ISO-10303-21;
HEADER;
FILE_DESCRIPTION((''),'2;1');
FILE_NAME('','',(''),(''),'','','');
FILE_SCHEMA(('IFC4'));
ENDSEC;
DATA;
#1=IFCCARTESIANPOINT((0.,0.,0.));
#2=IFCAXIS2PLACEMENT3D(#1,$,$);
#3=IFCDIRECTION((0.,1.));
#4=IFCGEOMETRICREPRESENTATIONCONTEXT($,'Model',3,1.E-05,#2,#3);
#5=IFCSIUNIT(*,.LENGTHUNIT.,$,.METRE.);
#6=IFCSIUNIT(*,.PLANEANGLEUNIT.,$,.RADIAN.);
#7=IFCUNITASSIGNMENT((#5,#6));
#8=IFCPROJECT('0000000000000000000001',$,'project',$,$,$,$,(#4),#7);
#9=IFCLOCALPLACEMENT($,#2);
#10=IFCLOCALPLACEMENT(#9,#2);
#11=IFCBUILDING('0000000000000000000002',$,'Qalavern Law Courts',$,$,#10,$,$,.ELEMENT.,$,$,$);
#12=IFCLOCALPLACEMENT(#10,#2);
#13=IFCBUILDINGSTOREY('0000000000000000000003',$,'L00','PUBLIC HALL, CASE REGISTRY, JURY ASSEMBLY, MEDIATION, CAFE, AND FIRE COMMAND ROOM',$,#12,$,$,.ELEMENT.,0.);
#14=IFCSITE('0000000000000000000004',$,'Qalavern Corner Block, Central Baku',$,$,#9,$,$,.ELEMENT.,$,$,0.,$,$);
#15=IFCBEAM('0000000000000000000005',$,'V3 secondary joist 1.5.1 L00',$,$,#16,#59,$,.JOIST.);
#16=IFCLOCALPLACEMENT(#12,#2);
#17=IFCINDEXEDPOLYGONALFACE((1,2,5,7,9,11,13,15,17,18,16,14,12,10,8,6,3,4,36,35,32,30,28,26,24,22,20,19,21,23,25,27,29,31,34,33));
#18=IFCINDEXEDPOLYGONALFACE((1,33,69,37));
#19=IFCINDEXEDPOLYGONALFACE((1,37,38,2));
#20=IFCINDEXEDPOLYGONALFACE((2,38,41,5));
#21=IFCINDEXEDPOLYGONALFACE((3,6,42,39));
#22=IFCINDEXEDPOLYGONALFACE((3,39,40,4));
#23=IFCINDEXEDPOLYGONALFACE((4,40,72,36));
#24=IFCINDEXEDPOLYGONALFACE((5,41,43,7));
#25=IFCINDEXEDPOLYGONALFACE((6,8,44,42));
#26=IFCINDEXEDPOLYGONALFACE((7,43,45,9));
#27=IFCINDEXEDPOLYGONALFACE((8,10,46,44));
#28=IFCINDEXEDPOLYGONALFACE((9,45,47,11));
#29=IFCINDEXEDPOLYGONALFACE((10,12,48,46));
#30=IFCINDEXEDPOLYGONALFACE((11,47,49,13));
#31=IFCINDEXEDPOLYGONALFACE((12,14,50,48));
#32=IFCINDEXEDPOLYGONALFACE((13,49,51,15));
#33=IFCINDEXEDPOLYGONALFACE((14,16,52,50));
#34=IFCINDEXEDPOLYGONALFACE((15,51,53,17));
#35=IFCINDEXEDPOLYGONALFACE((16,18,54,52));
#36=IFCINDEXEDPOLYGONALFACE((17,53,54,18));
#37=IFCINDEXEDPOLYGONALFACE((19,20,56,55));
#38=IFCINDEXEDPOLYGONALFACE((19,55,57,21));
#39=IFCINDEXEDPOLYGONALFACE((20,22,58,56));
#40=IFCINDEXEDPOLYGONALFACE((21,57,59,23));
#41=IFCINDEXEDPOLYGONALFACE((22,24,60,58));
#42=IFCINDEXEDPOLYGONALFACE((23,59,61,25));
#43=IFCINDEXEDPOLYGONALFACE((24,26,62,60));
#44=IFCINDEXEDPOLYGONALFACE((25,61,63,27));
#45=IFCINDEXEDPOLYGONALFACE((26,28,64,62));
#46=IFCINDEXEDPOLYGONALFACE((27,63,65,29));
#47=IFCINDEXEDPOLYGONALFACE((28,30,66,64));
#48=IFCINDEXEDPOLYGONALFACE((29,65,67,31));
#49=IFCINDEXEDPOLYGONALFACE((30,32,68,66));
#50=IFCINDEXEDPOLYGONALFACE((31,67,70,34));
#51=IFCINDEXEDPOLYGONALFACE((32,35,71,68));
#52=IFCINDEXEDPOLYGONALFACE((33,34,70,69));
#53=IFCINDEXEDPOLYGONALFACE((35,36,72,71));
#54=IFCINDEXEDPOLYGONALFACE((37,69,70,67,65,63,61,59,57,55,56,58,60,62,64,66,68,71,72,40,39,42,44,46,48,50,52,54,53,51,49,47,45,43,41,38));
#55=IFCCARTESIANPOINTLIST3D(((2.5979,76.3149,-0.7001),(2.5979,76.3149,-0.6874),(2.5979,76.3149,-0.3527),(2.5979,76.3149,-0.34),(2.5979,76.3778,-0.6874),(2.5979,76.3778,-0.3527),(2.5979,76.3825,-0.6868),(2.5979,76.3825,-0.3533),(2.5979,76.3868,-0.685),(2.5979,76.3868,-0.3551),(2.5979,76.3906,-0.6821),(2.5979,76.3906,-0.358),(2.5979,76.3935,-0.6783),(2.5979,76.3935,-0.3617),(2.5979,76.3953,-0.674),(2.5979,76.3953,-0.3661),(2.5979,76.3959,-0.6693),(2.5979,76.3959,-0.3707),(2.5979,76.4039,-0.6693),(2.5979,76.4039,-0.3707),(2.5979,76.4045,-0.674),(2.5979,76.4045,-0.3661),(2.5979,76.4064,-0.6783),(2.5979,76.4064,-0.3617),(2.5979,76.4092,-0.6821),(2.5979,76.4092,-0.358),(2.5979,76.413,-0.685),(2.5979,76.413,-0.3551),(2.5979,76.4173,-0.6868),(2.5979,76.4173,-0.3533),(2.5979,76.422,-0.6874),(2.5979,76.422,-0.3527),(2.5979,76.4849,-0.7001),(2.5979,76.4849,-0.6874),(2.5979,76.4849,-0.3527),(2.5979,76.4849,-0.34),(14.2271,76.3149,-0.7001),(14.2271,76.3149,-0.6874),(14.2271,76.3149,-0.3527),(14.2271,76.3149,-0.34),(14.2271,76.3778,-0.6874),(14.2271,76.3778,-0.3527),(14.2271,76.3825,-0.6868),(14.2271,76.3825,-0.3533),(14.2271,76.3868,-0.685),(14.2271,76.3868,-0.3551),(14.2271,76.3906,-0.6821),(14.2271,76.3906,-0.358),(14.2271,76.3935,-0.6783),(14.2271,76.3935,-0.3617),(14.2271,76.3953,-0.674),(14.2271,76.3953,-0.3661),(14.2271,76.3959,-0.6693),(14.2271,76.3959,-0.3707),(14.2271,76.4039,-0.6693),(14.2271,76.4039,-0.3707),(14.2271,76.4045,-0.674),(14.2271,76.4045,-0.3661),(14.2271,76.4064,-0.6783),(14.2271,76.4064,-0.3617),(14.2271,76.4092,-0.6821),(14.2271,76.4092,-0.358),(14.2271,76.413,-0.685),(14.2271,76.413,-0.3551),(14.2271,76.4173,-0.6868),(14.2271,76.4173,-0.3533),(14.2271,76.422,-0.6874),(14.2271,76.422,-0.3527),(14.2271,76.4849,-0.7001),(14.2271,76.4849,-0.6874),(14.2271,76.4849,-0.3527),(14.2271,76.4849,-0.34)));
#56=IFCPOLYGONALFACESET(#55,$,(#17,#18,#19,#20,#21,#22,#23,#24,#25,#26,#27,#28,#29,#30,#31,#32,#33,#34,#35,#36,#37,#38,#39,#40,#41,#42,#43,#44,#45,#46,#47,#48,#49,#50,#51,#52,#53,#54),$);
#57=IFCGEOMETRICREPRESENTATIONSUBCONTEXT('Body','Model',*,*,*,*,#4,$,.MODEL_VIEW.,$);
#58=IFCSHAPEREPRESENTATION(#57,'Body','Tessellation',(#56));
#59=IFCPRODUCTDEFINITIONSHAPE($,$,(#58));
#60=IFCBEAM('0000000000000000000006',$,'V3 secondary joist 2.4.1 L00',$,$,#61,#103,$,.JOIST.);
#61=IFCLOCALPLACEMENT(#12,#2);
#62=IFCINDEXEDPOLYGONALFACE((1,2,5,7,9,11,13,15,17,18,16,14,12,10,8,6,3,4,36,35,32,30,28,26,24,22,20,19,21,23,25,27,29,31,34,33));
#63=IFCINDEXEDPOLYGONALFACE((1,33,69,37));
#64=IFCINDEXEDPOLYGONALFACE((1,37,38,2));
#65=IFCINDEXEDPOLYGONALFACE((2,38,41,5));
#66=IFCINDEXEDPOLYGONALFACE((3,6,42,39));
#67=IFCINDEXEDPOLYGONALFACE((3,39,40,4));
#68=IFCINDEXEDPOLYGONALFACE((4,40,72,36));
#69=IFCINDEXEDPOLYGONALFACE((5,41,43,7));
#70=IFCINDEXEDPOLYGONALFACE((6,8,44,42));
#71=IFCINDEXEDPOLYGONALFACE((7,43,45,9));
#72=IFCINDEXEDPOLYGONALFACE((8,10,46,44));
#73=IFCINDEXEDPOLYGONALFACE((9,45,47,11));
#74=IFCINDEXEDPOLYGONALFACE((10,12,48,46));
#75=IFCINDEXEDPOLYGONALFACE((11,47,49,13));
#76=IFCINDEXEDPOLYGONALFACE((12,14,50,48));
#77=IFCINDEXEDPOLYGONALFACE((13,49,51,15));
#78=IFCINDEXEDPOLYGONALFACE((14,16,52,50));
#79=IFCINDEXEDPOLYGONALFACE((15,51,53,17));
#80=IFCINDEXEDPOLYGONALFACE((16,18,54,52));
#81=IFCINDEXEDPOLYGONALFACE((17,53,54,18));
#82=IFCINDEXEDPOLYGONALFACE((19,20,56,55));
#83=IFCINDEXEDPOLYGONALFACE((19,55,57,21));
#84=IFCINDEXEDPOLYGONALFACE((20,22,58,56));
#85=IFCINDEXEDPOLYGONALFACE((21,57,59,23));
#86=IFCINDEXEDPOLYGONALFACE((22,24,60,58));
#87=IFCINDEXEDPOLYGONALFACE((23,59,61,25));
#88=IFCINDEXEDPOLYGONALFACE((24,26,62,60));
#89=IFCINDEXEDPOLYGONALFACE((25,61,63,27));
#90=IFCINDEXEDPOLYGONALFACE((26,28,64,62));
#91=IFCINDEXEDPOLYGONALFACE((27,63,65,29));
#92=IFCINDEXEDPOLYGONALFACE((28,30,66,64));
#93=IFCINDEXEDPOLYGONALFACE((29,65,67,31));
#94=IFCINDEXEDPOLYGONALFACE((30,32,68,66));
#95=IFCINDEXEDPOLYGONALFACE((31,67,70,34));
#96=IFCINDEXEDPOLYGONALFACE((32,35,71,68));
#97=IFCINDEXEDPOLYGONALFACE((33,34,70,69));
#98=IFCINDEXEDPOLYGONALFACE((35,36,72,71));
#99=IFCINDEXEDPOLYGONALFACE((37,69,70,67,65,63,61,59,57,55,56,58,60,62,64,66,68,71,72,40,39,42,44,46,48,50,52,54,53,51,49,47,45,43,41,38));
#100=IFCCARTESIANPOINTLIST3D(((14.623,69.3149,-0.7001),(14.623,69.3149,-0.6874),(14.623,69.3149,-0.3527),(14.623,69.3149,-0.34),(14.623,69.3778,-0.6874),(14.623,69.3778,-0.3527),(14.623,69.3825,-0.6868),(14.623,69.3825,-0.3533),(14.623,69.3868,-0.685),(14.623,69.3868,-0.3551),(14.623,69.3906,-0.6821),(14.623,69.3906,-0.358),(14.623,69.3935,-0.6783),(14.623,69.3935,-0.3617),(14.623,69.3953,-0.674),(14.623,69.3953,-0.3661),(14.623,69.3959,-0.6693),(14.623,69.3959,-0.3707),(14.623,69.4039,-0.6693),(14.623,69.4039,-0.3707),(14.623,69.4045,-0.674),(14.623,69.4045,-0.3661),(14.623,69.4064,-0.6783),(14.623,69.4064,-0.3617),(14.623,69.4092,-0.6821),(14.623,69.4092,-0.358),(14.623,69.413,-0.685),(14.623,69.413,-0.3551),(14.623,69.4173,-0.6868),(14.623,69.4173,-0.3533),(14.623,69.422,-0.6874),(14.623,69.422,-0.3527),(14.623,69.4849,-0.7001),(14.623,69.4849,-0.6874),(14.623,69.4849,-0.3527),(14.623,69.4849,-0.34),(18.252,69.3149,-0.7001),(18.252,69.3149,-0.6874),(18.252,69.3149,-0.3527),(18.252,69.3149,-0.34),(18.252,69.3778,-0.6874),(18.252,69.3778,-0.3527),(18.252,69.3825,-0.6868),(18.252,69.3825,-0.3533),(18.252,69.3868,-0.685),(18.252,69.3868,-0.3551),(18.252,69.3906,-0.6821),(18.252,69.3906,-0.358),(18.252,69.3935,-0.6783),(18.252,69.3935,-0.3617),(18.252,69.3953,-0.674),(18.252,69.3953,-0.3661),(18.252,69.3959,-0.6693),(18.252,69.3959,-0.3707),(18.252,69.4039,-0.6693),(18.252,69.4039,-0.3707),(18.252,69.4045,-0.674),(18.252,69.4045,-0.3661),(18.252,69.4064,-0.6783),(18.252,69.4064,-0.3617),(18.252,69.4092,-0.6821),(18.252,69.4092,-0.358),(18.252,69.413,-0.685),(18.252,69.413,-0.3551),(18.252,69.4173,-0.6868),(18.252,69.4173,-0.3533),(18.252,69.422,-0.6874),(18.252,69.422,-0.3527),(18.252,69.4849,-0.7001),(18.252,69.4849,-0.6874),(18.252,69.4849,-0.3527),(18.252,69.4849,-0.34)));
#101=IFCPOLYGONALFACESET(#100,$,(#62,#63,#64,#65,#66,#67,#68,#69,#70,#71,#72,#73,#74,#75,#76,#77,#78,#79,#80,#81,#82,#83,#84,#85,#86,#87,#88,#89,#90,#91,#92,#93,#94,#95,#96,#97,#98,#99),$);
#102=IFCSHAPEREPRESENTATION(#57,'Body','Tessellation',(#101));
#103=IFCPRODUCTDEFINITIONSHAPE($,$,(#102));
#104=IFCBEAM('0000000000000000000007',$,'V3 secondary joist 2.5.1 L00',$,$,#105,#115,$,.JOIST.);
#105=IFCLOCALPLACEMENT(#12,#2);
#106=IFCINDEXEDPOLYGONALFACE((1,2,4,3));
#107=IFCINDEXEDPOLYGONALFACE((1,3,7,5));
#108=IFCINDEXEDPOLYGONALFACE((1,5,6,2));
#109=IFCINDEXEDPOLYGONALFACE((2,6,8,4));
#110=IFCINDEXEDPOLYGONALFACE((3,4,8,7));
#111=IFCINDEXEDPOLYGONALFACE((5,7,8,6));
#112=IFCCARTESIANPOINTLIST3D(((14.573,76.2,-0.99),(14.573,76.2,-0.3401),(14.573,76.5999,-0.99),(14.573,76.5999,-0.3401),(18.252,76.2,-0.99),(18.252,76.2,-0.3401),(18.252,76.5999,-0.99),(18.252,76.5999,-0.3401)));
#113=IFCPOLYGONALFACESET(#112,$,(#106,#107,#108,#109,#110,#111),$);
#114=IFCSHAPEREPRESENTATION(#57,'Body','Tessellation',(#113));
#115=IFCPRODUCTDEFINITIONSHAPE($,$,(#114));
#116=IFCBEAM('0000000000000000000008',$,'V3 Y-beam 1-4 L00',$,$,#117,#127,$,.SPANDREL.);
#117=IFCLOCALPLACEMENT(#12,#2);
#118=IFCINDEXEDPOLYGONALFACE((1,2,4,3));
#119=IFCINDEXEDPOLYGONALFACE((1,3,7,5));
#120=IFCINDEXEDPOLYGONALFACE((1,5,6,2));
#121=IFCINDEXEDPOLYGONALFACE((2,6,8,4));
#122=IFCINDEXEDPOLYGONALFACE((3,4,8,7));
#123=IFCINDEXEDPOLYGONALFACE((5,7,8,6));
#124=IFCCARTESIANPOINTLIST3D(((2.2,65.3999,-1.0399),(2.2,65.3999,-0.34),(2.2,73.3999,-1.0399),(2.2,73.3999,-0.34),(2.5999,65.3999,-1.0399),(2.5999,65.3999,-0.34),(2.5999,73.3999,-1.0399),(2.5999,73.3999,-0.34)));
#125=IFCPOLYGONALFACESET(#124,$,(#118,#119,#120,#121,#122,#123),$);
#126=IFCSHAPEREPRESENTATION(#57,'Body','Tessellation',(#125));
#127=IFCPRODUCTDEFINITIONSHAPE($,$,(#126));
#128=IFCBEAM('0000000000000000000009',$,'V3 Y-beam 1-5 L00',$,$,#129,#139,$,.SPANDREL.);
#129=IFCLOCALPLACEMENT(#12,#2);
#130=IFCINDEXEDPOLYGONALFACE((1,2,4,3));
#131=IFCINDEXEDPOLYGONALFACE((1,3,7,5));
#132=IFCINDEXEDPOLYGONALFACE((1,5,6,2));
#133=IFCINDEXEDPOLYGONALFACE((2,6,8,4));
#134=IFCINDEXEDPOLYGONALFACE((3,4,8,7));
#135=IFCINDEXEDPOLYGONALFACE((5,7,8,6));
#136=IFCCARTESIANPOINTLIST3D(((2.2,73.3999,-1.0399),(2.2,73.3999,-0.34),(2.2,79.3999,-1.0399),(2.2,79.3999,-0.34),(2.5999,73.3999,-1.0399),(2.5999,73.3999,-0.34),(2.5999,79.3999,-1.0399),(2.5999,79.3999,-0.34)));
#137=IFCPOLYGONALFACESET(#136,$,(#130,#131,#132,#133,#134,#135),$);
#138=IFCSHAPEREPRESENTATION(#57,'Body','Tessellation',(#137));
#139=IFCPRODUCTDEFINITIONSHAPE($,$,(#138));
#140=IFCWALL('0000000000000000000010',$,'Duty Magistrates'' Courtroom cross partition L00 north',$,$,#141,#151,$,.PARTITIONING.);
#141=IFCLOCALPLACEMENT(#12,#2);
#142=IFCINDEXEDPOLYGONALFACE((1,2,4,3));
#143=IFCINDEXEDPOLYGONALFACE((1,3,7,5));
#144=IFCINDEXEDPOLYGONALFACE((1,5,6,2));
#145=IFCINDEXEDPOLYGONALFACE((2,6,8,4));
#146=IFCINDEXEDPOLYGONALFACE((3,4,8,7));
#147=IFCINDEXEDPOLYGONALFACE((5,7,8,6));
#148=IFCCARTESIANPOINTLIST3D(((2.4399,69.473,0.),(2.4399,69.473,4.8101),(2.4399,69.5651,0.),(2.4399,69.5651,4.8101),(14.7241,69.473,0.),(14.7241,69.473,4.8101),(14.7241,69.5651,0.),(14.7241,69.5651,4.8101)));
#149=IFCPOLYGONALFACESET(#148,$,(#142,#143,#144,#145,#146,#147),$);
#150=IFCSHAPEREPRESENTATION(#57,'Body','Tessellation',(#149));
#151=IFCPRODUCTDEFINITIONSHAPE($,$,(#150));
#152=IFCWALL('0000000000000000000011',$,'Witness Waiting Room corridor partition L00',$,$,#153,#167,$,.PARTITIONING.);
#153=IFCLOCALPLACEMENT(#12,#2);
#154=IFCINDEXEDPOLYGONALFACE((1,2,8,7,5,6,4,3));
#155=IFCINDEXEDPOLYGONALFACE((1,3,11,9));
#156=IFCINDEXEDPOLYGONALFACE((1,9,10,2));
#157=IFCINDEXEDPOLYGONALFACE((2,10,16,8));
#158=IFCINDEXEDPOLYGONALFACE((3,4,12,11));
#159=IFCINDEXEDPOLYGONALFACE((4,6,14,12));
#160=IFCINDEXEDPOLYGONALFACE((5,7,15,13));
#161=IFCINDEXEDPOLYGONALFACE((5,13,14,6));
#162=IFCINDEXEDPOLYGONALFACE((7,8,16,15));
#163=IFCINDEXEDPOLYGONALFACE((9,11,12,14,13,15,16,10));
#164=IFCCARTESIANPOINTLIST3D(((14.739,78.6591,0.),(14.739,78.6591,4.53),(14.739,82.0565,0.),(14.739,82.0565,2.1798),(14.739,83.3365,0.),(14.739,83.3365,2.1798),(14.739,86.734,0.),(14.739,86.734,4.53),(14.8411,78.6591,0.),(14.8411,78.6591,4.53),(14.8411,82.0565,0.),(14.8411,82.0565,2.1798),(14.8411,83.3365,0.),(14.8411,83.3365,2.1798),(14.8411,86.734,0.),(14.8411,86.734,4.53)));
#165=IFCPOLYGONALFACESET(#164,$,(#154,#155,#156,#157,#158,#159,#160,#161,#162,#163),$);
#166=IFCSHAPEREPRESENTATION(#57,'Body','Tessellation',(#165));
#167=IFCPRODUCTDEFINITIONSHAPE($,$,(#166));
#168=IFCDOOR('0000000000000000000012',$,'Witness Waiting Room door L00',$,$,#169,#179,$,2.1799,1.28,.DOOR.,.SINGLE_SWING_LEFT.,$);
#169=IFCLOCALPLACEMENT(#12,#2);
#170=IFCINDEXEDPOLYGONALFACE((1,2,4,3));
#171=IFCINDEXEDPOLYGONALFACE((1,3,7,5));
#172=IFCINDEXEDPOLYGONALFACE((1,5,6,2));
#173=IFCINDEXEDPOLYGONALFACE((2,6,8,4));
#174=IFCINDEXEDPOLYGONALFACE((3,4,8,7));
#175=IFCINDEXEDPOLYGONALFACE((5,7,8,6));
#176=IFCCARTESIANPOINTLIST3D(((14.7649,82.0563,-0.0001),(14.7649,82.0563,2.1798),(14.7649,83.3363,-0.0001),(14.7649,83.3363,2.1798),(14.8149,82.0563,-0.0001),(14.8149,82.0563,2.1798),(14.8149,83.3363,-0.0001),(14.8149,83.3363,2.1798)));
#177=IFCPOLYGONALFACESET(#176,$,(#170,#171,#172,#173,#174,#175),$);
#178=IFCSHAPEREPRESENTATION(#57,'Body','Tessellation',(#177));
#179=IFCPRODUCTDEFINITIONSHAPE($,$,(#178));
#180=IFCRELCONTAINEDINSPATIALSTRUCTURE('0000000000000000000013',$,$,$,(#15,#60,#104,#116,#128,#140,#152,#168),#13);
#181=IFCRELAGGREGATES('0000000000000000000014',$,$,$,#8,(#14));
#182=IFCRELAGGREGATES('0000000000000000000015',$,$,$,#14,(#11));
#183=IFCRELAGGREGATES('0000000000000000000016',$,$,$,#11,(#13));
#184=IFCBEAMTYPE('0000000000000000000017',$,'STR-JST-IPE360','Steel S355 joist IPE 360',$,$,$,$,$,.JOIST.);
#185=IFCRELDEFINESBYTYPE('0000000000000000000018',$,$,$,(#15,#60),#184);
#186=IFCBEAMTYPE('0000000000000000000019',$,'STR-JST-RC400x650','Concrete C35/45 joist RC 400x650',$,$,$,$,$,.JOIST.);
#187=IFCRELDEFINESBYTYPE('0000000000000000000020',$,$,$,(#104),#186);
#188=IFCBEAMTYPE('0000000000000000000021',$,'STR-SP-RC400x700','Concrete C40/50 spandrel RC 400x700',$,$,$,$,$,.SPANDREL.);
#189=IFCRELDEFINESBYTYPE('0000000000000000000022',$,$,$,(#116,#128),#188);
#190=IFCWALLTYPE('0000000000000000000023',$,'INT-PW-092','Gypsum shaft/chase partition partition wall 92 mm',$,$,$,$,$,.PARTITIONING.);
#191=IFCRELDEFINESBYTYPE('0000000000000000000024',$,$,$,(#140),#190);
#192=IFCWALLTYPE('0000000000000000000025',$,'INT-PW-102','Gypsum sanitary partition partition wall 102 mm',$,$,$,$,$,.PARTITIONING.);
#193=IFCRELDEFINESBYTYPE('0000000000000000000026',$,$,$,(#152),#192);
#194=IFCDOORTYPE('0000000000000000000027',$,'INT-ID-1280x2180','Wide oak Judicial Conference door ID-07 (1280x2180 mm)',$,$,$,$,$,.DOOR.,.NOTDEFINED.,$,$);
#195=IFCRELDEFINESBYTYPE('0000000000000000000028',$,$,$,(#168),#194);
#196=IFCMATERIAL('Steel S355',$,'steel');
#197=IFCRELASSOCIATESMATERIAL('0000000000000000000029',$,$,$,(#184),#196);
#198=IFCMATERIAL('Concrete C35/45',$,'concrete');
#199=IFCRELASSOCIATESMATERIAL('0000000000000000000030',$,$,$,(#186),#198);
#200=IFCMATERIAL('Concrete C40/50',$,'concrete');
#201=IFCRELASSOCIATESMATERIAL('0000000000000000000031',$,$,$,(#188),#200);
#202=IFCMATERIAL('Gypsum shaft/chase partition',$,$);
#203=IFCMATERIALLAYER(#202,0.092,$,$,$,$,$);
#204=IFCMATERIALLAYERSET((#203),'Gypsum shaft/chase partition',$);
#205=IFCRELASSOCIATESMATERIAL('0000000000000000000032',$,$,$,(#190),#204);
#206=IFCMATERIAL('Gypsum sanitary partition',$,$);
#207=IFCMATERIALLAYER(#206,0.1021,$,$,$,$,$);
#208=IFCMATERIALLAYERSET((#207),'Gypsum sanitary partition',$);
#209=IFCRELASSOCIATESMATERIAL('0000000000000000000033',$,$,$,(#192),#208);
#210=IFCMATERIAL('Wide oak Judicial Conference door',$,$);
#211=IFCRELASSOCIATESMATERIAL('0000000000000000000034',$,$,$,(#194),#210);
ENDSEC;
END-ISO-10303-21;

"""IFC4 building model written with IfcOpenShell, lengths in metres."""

from ifc_helpers import new_model, si_unit, direction, frame, frame_2d, origin, origin_2d, place, context, subcontext, project, spatial, rectangle, i_section, extrude, material, layer, layer_set, material_profile, profile_set, type_object, element, fill, save


model = new_model("IFC4")

# Units and contexts
model_context = context("Model", 3, precision=1e-05, world=origin(), true_north=direction((0.0, 1.0)))
body_context = subcontext(model_context, "Body", "Model", "MODEL_VIEW")
ifc_project = project(units=[si_unit("LENGTHUNIT", "METRE"), si_unit("PLANEANGLEUNIT", "RADIAN")], contexts=[model_context])

# Site, building, storey
site_placement = place(None, origin())
site = spatial("IfcSite", under=ifc_project, at=site_placement, Name="Qalavern Corner Block, Central Baku", CompositionType="ELEMENT", RefElevation=0.0)
building_placement = place(site_placement, origin())
building = spatial("IfcBuilding", under=site, at=building_placement, Name="Qalavern Law Courts", CompositionType="ELEMENT")
storey_placement = place(building_placement, origin())
storey = spatial("IfcBuildingStorey", under=building, at=storey_placement, Name="L00", Description="PUBLIC HALL, CASE REGISTRY, JURY ASSEMBLY, MEDIATION, CAFE, AND FIRE COMMAND ROOM", CompositionType="ELEMENT", Elevation=0.0)

# Beams
ifc_material_1 = material(Name="Concrete C35/45", Category="concrete")
ifc_material_2 = material(Name="Concrete C40/50", Category="concrete")
ifc_material_3 = material(Name="Steel S355", Category="steel")
ifc_material_profile_1 = material_profile(ifc_material_3, i_section(OverallWidth=0.1699, OverallDepth=0.3601, WebThickness=0.0081, FlangeThickness=0.0127, FilletRadius=0.0181, at=origin_2d()), Name="IPE 360")
ifc_profile_set_1 = profile_set([ifc_material_profile_1], Name="Steel S355")
beam_type_1 = type_object("IfcBeamType", Name="STR-JST-IPE360", Description="Steel S355 joist IPE 360", PredefinedType="JOIST", material=ifc_profile_set_1)
beam_1_placement = place(storey_placement, frame((2.5979, 76.3999, -0.52), z_axis=(1.0, 0.0, 0.0), x_axis=(0.0, 1.0, 0.0)))
element("IfcBeam", 1, at=beam_1_placement, inside=storey, type_object=beam_type_1, Name="V3 secondary joist 1.5.1 L00", PredefinedType="JOIST", context=body_context, shape_type="SweptSolid", body=[
    extrude(i_section(OverallWidth=0.1699, OverallDepth=0.3601, WebThickness=0.0081, FlangeThickness=0.0127, FilletRadius=0.0181, at=origin_2d()), origin(), (0.0, 0.0, 1.0), 11.6292),
])
beam_2_placement = place(storey_placement, frame((14.623, 69.3999, -0.52), z_axis=(1.0, 0.0, 0.0), x_axis=(0.0, 1.0, 0.0)))
element("IfcBeam", 2, at=beam_2_placement, inside=storey, type_object=beam_type_1, Name="V3 secondary joist 2.4.1 L00", PredefinedType="JOIST", context=body_context, shape_type="SweptSolid", body=[
    extrude(i_section(OverallWidth=0.1699, OverallDepth=0.3601, WebThickness=0.0081, FlangeThickness=0.0127, FilletRadius=0.0181, at=origin_2d()), origin(), (0.0, 0.0, 1.0), 3.6289),
])
ifc_material_profile_2 = material_profile(ifc_material_1, rectangle(XDim=0.3999, YDim=0.6499, at=origin_2d()), Name="RC 400x650")
ifc_profile_set_2 = profile_set([ifc_material_profile_2], Name="Concrete C35/45")
beam_type_2 = type_object("IfcBeamType", Name="STR-JST-RC400x650", Description="Concrete C35/45 joist RC 400x650", PredefinedType="JOIST", material=ifc_profile_set_2)
beam_3_placement = place(storey_placement, frame((14.573, 76.3999, -0.665), z_axis=(1.0, 0.0, 0.0), x_axis=(0.0, 1.0, 0.0)))
element("IfcBeam", 3, at=beam_3_placement, inside=storey, type_object=beam_type_2, Name="V3 secondary joist 2.5.1 L00", PredefinedType="JOIST", context=body_context, shape_type="SweptSolid", body=[
    extrude(rectangle(XDim=0.3999, YDim=0.6499, at=origin_2d()), origin(), (0.0, 0.0, 1.0), 3.679),
])
ifc_material_profile_3 = material_profile(ifc_material_2, rectangle(XDim=0.3999, YDim=0.7, at=origin_2d()), Name="RC 400x700")
ifc_profile_set_3 = profile_set([ifc_material_profile_3], Name="Concrete C40/50")
beam_type_3 = type_object("IfcBeamType", Name="STR-SP-RC400x700", Description="Concrete C40/50 spandrel RC 400x700", PredefinedType="SPANDREL", material=ifc_profile_set_3)
beam_4_placement = place(storey_placement, frame((2.3999, 65.3999, -0.6899), z_axis=(0.0, 1.0, 0.0), x_axis=(-1.0, 0.0, 0.0)))
element("IfcBeam", 4, at=beam_4_placement, inside=storey, type_object=beam_type_3, Name="V3 Y-beam 1-4 L00", PredefinedType="SPANDREL", context=body_context, shape_type="SweptSolid", body=[
    extrude(rectangle(XDim=0.3999, YDim=0.7, at=origin_2d()), origin(), (0.0, 0.0, 1.0), 8.0),
])
beam_5_placement = place(storey_placement, frame((2.3999, 73.3999, -0.6899), z_axis=(0.0, 1.0, 0.0), x_axis=(-1.0, 0.0, 0.0)))
element("IfcBeam", 5, at=beam_5_placement, inside=storey, type_object=beam_type_3, Name="V3 Y-beam 1-5 L00", PredefinedType="SPANDREL", context=body_context, shape_type="SweptSolid", body=[
    extrude(rectangle(XDim=0.3999, YDim=0.7, at=origin_2d()), origin(), (0.0, 0.0, 1.0), 6.0),
])

# Wall
ifc_material_4 = material(Name="Gypsum shaft/chase partition")
ifc_layer_1 = layer(ifc_material_4, 0.092)
ifc_layer_set_1 = layer_set([ifc_layer_1], Name="Gypsum shaft/chase partition")
wall_type_1 = type_object("IfcWallType", Name="INT-PW-092", Description="Gypsum shaft/chase partition partition wall 92 mm", PredefinedType="PARTITIONING", material=ifc_layer_set_1)
wall_1_placement = place(storey_placement, frame((2.4399, 69.519, 0.0), z_axis=(0.0, 0.0, 1.0), x_axis=(1.0, 0.0, 0.0)))
element("IfcWall", 6, at=wall_1_placement, inside=storey, type_object=wall_type_1, Name="Duty Magistrates' Courtroom cross partition L00 north", PredefinedType="PARTITIONING", context=body_context, shape_type="SweptSolid", body=[
    extrude(rectangle(XDim=12.2842, YDim=0.092, at=frame_2d((6.1421, 0.0))), origin(), (0.0, 0.0, 1.0), 4.8101),
])

# Wall, opening, door
ifc_material_5 = material(Name="Gypsum sanitary partition")
ifc_layer_2 = layer(ifc_material_5, 0.1021)
ifc_layer_set_2 = layer_set([ifc_layer_2], Name="Gypsum sanitary partition")
wall_type_2 = type_object("IfcWallType", Name="INT-PW-102", Description="Gypsum sanitary partition partition wall 102 mm", PredefinedType="PARTITIONING", material=ifc_layer_set_2)
wall_2_placement = place(storey_placement, frame((14.79, 78.6589, 0.0), z_axis=(0.0, 0.0, 1.0), x_axis=(0.0, 1.0, 0.0)))
wall_2 = element("IfcWall", 7, at=wall_2_placement, inside=storey, type_object=wall_type_2, Name="Witness Waiting Room corridor partition L00", PredefinedType="PARTITIONING", context=body_context, shape_type="SweptSolid", body=[
    extrude(rectangle(XDim=8.075, YDim=0.1021, at=frame_2d((4.0376, 0.0))), origin(), (0.0, 0.0, 1.0), 4.53),
])
opening_1_placement = place(wall_2_placement, frame((3.3975, 0.0, 0.0)))
opening_1 = element("IfcOpeningElement", 8, at=opening_1_placement, cuts=wall_2, PredefinedType="OPENING", context=body_context, shape_type="SweptSolid", body=[
    extrude(rectangle(XDim=1.28, YDim=2.1799, at=frame_2d((0.6401, 1.0898))), frame((0.0, 0.0659, 0.0), z_axis=(0.0, -1.0, 0.0), x_axis=(1.0, 0.0, 0.0)), (0.0, 0.0, 1.0), 0.1318),
])
ifc_material_6 = material(Name="Wide oak Judicial Conference door")
door_type_1 = type_object("IfcDoorType", Name="INT-ID-1280x2180", Description="Wide oak Judicial Conference door ID-07 (1280x2180 mm)", OperationType="NOTDEFINED", PredefinedType="DOOR", material=ifc_material_6)
door_1_placement = place(opening_1_placement, frame((1.28, 0.0, 0.0), z_axis=(0.0, 0.0, 1.0), x_axis=(-1.0, 0.0, 0.0)))
door_1 = element("IfcDoor", 9, at=door_1_placement, inside=storey, type_object=door_type_1, Name="Witness Waiting Room door L00", OperationType="SINGLE_SWING_LEFT", OverallHeight=2.1799, OverallWidth=1.28, PredefinedType="DOOR", context=body_context, shape_type="SweptSolid", body=[
    extrude(rectangle(XDim=1.28, YDim=2.1799, at=frame_2d((0.6401, 1.0898))), frame((0.0, 0.0249, 0.0), z_axis=(0.0, -1.0, 0.0), x_axis=(1.0, 0.0, 0.0)), (0.0, 0.0, 1.0), 0.05),
])
fill(opening_1, door_1)

save(model, "model.ifc")
